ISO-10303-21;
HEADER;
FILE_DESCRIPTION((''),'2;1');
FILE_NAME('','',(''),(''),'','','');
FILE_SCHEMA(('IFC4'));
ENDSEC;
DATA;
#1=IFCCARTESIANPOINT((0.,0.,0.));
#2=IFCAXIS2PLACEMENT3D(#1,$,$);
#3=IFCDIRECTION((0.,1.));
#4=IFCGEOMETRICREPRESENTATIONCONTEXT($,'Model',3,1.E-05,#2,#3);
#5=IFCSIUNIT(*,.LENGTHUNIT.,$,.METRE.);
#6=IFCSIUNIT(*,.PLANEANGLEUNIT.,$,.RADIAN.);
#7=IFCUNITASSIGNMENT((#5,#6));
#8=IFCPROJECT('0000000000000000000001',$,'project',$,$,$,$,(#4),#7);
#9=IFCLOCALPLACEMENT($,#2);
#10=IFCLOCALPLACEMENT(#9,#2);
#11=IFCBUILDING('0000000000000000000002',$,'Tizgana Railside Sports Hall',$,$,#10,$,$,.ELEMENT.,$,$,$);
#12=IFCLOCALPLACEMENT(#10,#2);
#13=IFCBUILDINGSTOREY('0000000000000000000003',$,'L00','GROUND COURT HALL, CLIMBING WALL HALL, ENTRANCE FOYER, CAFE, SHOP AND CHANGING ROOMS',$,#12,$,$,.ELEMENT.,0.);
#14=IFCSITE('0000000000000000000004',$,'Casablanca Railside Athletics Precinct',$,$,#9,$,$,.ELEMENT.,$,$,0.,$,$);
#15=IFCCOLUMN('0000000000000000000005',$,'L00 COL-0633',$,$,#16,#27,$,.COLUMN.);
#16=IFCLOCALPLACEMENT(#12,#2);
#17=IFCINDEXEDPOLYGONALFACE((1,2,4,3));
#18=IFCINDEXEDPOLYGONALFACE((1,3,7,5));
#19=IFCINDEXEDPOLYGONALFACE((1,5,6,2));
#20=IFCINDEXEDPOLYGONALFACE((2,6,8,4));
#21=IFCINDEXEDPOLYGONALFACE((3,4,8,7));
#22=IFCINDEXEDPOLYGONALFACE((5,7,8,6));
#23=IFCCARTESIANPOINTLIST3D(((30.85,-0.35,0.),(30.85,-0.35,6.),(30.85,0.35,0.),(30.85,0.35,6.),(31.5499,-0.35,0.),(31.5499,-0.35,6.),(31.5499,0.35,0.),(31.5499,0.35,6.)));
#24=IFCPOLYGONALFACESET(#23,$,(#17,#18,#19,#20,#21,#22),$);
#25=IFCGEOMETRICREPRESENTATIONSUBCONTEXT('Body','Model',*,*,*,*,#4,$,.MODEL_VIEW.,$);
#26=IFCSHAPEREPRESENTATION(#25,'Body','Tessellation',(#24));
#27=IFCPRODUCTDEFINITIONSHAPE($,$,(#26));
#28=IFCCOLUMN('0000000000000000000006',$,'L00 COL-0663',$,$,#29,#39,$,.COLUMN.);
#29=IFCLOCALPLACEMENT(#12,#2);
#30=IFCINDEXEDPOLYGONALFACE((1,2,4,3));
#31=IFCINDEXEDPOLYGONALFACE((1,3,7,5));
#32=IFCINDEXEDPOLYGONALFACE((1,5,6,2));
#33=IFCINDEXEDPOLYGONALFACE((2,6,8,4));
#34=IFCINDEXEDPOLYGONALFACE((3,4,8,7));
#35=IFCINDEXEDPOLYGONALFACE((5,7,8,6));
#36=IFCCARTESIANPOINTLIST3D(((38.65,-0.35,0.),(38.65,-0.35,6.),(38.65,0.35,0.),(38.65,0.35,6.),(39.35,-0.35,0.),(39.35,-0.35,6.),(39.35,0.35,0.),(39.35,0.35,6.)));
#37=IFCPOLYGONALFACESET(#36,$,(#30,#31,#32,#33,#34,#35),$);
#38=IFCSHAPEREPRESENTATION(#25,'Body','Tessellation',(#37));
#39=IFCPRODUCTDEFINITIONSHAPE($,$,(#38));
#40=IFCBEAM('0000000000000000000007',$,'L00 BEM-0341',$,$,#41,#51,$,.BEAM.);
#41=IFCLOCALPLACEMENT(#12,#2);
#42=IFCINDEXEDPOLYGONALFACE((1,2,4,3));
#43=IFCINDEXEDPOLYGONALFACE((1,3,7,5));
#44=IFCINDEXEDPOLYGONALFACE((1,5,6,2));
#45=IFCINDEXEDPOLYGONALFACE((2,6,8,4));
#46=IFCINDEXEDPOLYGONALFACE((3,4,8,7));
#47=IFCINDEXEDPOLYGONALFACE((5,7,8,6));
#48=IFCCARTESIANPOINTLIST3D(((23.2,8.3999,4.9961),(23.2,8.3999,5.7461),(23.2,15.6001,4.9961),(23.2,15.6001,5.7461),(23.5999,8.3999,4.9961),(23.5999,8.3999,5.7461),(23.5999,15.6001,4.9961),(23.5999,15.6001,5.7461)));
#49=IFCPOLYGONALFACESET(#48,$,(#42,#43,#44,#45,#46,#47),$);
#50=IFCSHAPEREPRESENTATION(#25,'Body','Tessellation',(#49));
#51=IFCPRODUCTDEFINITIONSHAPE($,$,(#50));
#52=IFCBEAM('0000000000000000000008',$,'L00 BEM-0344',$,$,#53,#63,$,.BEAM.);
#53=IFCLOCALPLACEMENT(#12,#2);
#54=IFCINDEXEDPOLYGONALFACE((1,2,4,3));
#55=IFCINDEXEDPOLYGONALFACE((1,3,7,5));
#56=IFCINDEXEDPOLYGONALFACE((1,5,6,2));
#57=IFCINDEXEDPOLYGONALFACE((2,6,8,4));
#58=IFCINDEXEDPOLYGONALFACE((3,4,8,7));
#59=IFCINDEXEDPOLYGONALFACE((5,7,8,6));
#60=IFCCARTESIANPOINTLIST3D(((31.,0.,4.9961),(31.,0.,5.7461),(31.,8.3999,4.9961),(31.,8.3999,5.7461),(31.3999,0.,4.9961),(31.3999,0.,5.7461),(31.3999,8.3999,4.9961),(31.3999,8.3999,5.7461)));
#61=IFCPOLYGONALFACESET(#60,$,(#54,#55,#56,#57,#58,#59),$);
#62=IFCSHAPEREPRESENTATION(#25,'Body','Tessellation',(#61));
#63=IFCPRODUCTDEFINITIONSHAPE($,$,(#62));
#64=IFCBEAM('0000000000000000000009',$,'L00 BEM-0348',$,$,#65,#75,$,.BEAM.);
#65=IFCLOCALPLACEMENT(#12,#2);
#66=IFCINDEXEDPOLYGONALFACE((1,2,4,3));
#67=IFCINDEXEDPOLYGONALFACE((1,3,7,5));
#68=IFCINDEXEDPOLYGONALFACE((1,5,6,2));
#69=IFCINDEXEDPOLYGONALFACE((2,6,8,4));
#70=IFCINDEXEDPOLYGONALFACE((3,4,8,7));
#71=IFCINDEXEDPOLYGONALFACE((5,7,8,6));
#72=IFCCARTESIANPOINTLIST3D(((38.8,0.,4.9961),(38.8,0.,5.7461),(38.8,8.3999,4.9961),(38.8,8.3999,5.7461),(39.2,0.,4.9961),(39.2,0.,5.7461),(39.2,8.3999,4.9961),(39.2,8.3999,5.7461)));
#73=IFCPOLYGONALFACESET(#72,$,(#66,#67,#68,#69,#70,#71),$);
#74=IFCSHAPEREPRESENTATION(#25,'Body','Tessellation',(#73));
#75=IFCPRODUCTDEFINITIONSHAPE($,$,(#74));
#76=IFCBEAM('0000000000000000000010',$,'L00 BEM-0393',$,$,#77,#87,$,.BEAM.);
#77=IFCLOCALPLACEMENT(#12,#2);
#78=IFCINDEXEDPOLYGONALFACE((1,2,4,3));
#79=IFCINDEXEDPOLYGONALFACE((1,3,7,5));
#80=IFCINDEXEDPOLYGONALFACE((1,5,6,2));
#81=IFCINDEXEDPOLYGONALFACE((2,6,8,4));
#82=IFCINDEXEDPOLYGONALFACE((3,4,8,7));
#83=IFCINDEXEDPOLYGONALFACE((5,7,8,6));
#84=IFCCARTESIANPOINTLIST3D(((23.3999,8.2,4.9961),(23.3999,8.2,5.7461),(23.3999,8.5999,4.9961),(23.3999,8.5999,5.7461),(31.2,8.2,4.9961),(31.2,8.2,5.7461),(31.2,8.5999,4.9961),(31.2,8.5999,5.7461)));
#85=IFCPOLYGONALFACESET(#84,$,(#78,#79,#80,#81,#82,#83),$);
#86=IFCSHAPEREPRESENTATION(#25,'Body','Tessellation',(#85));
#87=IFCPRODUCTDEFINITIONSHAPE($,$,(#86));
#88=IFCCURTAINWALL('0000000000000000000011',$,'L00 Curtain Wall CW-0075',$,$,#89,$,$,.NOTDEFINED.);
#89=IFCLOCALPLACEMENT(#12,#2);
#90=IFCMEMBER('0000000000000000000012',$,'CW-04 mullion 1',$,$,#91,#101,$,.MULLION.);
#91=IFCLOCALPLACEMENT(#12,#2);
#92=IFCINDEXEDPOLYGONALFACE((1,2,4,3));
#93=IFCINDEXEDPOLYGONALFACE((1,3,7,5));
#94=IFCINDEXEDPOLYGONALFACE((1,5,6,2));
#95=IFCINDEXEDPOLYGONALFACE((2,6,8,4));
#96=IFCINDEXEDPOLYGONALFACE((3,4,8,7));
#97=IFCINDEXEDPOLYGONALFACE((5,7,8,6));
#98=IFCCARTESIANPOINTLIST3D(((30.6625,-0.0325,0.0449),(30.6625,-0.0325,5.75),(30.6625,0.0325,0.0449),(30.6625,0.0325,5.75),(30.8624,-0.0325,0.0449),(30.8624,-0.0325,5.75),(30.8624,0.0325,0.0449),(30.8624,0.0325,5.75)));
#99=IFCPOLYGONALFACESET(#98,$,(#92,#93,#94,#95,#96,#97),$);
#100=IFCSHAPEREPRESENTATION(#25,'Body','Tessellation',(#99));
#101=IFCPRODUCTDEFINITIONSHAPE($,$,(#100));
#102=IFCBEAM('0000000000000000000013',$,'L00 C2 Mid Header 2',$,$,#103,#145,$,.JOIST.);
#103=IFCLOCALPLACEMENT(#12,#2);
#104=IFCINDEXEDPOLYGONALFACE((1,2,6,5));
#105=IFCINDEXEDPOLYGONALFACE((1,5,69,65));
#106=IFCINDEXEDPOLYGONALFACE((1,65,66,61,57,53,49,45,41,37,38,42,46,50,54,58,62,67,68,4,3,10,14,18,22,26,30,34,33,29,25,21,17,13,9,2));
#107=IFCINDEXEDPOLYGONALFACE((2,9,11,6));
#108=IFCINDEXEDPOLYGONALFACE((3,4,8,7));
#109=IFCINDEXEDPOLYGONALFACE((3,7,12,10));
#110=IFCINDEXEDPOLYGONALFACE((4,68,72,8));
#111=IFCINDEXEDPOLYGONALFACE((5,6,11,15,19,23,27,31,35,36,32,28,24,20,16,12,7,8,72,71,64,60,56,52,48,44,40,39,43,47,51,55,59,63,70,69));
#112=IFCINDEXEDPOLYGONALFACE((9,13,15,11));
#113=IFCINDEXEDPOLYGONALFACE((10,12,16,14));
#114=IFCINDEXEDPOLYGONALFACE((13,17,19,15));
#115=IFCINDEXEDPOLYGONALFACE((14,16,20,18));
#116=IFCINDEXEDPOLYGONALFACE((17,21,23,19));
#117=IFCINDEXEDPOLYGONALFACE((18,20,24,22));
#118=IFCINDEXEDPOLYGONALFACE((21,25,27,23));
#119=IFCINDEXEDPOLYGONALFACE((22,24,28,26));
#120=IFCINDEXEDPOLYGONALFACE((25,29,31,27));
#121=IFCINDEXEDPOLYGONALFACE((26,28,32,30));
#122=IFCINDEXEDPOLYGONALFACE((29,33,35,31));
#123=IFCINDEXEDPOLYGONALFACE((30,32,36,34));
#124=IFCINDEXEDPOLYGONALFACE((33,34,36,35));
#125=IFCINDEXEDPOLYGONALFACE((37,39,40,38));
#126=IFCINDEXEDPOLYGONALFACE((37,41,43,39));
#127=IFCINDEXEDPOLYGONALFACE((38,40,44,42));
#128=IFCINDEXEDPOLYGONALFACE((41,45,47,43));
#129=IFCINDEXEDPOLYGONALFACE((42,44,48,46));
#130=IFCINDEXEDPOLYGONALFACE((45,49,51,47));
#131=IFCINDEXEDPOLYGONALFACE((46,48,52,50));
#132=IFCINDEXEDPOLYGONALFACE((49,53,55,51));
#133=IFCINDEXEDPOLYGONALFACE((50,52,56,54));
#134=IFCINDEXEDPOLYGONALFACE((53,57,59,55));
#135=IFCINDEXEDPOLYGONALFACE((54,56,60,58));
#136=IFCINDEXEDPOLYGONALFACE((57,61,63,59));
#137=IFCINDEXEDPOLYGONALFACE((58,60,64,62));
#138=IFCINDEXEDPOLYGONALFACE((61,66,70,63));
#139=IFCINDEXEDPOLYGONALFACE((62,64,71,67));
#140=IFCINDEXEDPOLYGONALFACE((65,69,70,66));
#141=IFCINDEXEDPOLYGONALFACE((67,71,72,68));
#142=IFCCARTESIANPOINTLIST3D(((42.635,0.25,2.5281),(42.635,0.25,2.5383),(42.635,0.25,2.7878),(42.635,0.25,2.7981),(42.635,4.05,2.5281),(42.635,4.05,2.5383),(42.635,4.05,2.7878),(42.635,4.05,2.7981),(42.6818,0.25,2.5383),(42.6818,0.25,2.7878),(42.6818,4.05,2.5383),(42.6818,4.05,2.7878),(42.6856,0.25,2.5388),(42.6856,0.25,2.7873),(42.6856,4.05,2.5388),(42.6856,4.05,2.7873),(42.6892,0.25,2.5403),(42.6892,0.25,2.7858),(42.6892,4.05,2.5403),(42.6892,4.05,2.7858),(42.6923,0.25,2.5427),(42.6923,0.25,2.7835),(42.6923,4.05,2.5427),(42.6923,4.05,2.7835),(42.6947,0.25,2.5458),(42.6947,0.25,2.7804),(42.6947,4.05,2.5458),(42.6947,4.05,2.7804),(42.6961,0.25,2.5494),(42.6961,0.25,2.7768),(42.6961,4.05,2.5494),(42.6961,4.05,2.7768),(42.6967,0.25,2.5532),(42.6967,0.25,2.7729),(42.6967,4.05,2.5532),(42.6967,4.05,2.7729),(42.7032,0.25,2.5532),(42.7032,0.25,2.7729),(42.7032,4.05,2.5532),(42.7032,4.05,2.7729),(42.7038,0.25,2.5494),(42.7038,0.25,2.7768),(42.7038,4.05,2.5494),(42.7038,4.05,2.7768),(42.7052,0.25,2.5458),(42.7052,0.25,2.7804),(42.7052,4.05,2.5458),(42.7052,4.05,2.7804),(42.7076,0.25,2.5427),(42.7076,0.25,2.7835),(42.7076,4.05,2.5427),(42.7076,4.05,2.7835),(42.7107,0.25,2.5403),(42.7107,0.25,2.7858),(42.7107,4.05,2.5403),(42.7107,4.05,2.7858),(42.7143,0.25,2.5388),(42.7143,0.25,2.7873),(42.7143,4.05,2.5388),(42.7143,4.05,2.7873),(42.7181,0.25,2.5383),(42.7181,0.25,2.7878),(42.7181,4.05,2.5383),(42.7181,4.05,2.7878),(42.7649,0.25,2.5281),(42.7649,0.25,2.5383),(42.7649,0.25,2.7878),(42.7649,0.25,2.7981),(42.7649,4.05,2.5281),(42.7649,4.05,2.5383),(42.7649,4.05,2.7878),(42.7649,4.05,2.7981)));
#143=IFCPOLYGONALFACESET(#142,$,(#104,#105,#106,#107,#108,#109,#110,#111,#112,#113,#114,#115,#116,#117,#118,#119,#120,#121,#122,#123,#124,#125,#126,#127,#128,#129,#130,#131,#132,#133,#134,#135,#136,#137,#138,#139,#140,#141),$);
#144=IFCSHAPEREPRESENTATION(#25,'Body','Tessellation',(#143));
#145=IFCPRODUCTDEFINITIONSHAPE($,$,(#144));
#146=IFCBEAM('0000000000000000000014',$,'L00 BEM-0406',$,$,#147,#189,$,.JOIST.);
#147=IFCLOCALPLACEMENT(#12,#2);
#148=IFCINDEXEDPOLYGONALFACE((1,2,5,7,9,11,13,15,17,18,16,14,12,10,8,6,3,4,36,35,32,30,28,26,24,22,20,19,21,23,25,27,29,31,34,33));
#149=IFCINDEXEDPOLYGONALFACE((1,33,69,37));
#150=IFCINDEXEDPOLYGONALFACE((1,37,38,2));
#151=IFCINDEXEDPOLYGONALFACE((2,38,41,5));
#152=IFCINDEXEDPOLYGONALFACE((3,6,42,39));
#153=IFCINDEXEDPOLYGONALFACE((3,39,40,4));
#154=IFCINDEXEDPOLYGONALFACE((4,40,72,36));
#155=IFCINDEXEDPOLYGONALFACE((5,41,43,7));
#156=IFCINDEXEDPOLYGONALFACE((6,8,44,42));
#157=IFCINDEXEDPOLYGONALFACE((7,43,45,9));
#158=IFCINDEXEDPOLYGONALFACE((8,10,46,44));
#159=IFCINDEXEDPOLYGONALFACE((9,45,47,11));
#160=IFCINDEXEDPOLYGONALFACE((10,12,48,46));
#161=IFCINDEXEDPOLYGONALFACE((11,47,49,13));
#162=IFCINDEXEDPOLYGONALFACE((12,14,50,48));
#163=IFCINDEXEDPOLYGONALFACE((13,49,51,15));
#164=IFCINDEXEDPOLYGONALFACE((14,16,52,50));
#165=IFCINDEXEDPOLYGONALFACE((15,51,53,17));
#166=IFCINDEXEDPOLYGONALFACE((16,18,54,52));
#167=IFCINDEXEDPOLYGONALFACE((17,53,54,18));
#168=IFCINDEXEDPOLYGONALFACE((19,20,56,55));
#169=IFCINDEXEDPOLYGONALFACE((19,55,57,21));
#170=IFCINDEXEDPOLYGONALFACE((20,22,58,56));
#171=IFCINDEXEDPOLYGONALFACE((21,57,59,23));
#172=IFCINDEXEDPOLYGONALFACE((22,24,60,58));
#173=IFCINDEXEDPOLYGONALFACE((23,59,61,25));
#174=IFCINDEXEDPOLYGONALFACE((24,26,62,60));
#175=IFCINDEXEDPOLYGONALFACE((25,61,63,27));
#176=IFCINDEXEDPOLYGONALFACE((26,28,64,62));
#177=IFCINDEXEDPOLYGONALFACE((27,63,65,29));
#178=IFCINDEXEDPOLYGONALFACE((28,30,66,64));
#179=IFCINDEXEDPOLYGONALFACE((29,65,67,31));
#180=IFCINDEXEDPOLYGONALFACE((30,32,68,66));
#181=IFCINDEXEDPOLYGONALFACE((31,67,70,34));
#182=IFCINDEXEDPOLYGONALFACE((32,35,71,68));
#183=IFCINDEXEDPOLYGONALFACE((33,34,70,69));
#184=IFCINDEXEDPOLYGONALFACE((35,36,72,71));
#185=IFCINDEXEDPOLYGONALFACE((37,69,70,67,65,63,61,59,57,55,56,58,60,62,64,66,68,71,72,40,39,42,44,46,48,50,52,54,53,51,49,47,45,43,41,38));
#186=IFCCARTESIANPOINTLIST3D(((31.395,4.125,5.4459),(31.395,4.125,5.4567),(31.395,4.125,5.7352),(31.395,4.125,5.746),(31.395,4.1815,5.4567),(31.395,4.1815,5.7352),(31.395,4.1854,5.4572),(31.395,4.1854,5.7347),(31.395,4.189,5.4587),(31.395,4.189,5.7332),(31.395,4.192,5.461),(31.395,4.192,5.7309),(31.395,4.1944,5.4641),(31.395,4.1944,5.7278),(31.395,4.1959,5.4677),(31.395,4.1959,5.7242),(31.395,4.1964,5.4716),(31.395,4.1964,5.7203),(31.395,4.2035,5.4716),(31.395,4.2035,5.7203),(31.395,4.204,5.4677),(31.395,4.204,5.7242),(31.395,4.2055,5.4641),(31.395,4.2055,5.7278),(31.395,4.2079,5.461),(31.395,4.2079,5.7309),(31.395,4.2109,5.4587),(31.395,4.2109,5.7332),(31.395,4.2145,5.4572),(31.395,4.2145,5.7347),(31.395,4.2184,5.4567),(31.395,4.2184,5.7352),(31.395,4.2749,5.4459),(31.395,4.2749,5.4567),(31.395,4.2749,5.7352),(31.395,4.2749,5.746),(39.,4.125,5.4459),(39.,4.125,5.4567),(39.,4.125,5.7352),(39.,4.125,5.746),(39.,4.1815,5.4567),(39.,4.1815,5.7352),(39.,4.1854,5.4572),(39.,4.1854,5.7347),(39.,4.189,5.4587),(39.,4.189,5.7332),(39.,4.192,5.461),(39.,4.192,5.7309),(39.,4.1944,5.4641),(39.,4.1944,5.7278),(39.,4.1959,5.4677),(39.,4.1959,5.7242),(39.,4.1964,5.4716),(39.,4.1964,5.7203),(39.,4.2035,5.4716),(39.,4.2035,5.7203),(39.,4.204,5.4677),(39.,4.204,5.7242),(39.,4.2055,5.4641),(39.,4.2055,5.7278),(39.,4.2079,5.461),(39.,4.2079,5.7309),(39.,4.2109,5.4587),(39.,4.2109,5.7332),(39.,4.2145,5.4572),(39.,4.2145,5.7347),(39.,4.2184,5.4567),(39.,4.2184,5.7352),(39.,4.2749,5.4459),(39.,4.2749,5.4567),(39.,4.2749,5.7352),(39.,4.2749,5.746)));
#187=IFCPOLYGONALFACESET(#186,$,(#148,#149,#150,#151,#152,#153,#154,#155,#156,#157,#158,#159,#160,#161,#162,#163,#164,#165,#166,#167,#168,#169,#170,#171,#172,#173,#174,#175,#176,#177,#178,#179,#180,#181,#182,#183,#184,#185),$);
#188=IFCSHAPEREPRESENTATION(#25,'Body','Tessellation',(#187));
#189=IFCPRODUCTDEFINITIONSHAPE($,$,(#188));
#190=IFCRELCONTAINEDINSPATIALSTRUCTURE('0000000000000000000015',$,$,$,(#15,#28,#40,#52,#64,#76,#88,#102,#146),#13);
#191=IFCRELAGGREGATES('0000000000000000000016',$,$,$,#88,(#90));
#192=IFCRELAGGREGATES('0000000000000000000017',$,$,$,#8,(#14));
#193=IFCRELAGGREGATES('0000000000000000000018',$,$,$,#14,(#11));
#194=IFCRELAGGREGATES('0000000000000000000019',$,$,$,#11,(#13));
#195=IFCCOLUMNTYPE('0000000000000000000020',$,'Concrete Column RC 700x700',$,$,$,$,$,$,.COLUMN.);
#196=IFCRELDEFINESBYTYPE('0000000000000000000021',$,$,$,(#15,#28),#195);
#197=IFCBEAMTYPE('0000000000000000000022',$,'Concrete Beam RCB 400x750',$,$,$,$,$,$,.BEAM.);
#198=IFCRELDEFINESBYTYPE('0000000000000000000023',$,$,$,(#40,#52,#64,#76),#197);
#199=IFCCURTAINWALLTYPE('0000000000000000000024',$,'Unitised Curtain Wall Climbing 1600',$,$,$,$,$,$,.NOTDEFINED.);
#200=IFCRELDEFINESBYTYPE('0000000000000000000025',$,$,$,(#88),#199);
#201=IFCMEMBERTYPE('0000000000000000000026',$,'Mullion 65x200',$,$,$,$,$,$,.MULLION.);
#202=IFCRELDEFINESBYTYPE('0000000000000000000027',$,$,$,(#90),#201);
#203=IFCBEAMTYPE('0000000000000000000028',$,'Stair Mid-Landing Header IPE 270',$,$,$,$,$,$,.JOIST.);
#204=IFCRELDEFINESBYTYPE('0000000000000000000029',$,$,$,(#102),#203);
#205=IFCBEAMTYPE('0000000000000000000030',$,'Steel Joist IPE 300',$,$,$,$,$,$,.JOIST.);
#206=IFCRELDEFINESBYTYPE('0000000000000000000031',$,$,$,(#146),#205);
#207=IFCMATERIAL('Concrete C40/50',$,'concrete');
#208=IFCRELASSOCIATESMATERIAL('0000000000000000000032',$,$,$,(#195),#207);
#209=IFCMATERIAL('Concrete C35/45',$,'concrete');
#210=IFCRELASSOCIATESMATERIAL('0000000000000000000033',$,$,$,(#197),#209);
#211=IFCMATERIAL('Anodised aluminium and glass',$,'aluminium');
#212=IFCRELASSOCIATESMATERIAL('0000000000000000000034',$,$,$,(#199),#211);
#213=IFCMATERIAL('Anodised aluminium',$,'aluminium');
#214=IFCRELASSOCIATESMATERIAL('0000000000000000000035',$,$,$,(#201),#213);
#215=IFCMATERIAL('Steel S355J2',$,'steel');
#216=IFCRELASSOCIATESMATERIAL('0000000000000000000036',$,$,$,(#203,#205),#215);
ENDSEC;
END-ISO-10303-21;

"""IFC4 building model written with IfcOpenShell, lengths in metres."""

from ifc_helpers import new_model, si_unit, direction, frame, origin, origin_2d, place, context, subcontext, project, spatial, rectangle, i_section, extrude, material, material_profile, profile_set, type_object, element, aggregate, save


model = new_model("IFC4")

# Units and contexts
model_context = context("Model", 3, precision=1e-05, world=origin(), true_north=direction((0.0, 1.0)))
body_context = subcontext(model_context, "Body", "Model", "MODEL_VIEW")
ifc_project = project(units=[si_unit("LENGTHUNIT", "METRE"), si_unit("PLANEANGLEUNIT", "RADIAN")], contexts=[model_context])

# Site, building, storey
site_placement = place(None, origin())
site = spatial("IfcSite", under=ifc_project, at=site_placement, Name="Casablanca Railside Athletics Precinct", CompositionType="ELEMENT", RefElevation=0.0)
building_placement = place(site_placement, origin())
building = spatial("IfcBuilding", under=site, at=building_placement, Name="Tizgana Railside Sports Hall", CompositionType="ELEMENT")
storey_placement = place(building_placement, origin())
storey = spatial("IfcBuildingStorey", under=building, at=storey_placement, Name="L00", Description="GROUND COURT HALL, CLIMBING WALL HALL, ENTRANCE FOYER, CAFE, SHOP AND CHANGING ROOMS", CompositionType="ELEMENT", Elevation=0.0)

# Columns
ifc_material_1 = material(Name="Concrete C40/50", Category="concrete")
ifc_material_profile_1 = material_profile(ifc_material_1, rectangle(XDim=0.7, YDim=0.7, at=origin_2d()), Name="RC 700x700")
ifc_profile_set_1 = profile_set([ifc_material_profile_1], Name="Concrete C40/50")
column_type = type_object("IfcColumnType", Name="Concrete Column RC 700x700", PredefinedType="COLUMN", material=ifc_profile_set_1)
for number, where, z_axis, x_axis, name in (
    (1, (31.2, 0.0, 0.0), (0.0, 0.0, 1.0), (1.0, 0.0, 0.0), "L00 COL-0633"),
    (2, (39.0, 0.0, 0.0), (0.0, 0.0, 1.0), (1.0, 0.0, 0.0), "L00 COL-0663"),
):
    element("IfcColumn", number, at=place(storey_placement, frame(where, z_axis=z_axis, x_axis=x_axis)), inside=storey, type_object=column_type, Name=name, PredefinedType="COLUMN", context=body_context, shape_type="SweptSolid", body=[
        extrude(rectangle(XDim=0.7, YDim=0.7, at=origin_2d()), origin(), (0.0, 0.0, 1.0), 6.0),
    ])

# Beams
ifc_material_2 = material(Name="Concrete C35/45", Category="concrete")
ifc_material_profile_2 = material_profile(ifc_material_2, rectangle(XDim=0.3999, YDim=0.75, at=origin_2d()), Name="RCB 400x750")
ifc_profile_set_2 = profile_set([ifc_material_profile_2], Name="Concrete C35/45")
beam_type_1 = type_object("IfcBeamType", Name="Concrete Beam RCB 400x750", PredefinedType="BEAM", material=ifc_profile_set_2)
beam_1_placement = place(storey_placement, frame((23.3999, 8.3999, 5.3711), z_axis=(0.0, 1.0, 0.0), x_axis=(-1.0, 0.0, 0.0)))
element("IfcBeam", 3, at=beam_1_placement, inside=storey, type_object=beam_type_1, Name="L00 BEM-0341", PredefinedType="BEAM", context=body_context, shape_type="SweptSolid", body=[
    extrude(rectangle(XDim=0.3999, YDim=0.75, at=origin_2d()), origin(), (0.0, 0.0, 1.0), 7.2002),
])
for number, where, z_axis, x_axis, name in (
    (4, (31.2, 0.0, 5.3711), (0.0, 1.0, 0.0), (-1.0, 0.0, 0.0), "L00 BEM-0344"),
    (5, (39.0, 0.0, 5.3711), (0.0, 1.0, 0.0), (-1.0, 0.0, 0.0), "L00 BEM-0348"),
):
    element("IfcBeam", number, at=place(storey_placement, frame(where, z_axis=z_axis, x_axis=x_axis)), inside=storey, type_object=beam_type_1, Name=name, PredefinedType="BEAM", context=body_context, shape_type="SweptSolid", body=[
        extrude(rectangle(XDim=0.3999, YDim=0.75, at=origin_2d()), origin(), (0.0, 0.0, 1.0), 8.3999),
    ])
beam_2_placement = place(storey_placement, frame((23.3999, 8.3999, 5.3711), z_axis=(1.0, 0.0, 0.0), x_axis=(0.0, 1.0, 0.0)))
element("IfcBeam", 6, at=beam_2_placement, inside=storey, type_object=beam_type_1, Name="L00 BEM-0393", PredefinedType="BEAM", context=body_context, shape_type="SweptSolid", body=[
    extrude(rectangle(XDim=0.3999, YDim=0.75, at=origin_2d()), origin(), (0.0, 0.0, 1.0), 7.8),
])

# Curtain wall, member
ifc_material_3 = material(Name="Anodised aluminium and glass", Category="aluminium")
curtain_wall_type = type_object("IfcCurtainWallType", Name="Unitised Curtain Wall Climbing 1600", PredefinedType="NOTDEFINED", material=ifc_material_3)
curtain_wall_placement = place(storey_placement, origin())
curtain_wall = element("IfcCurtainWall", 7, at=curtain_wall_placement, inside=storey, type_object=curtain_wall_type, Name="L00 Curtain Wall CW-0075", PredefinedType="NOTDEFINED")
ifc_material_4 = material(Name="Anodised aluminium", Category="aluminium")
ifc_material_profile_3 = material_profile(ifc_material_4, rectangle(XDim=0.0649, YDim=0.2, at=origin_2d()), Name="Mullion 65x200")
ifc_profile_set_3 = profile_set([ifc_material_profile_3], Name="Anodised aluminium")
member_type_1 = type_object("IfcMemberType", Name="Mullion 65x200", PredefinedType="MULLION", material=ifc_profile_set_3)
member_1_placement = place(storey_placement, frame((30.7625, 0.0, 0.0449), z_axis=(0.0, 0.0, 1.0), x_axis=(0.0, -1.0, 0.0)))
member_1 = element("IfcMember", 8, at=member_1_placement, type_object=member_type_1, Name="CW-04 mullion 1", PredefinedType="MULLION", context=body_context, shape_type="SweptSolid", body=[
    extrude(rectangle(XDim=0.0649, YDim=0.2, at=origin_2d()), origin(), (0.0, 0.0, 1.0), 5.7051),
])

# Beams
ifc_material_5 = material(Name="Steel S355J2", Category="steel")
ifc_material_profile_4 = material_profile(ifc_material_5, i_section(OverallWidth=0.1299, OverallDepth=0.27, WebThickness=0.0066, FlangeThickness=0.0103, FilletRadius=0.0149, at=origin_2d()), Name="IPE 270")
ifc_profile_set_4 = profile_set([ifc_material_profile_4], Name="Steel S355J2")
beam_type_2 = type_object("IfcBeamType", Name="Stair Mid-Landing Header IPE 270", PredefinedType="JOIST", material=ifc_profile_set_4)
beam_3_placement = place(storey_placement, frame((42.7, 0.25, 2.6631), z_axis=(0.0, 1.0, 0.0), x_axis=(-1.0, 0.0, 0.0)))
element("IfcBeam", 9, at=beam_3_placement, inside=storey, type_object=beam_type_2, Name="L00 C2 Mid Header 2", PredefinedType="JOIST", context=body_context, shape_type="SweptSolid", body=[
    extrude(i_section(OverallWidth=0.1299, OverallDepth=0.27, WebThickness=0.0066, FlangeThickness=0.0103, FilletRadius=0.0149, at=origin_2d()), origin(), (0.0, 0.0, 1.0), 3.8),
])
ifc_material_profile_5 = material_profile(ifc_material_5, i_section(OverallWidth=0.1499, OverallDepth=0.3, WebThickness=0.0071, FlangeThickness=0.0107, FilletRadius=0.0149, at=origin_2d()), Name="IPE 300")
ifc_profile_set_5 = profile_set([ifc_material_profile_5], Name="Steel S355J2")
beam_type_3 = type_object("IfcBeamType", Name="Steel Joist IPE 300", PredefinedType="JOIST", material=ifc_profile_set_5)
beam_4_placement = place(storey_placement, frame((31.395, 4.2, 5.5959), z_axis=(1.0, 0.0, 0.0), x_axis=(0.0, 1.0, 0.0)))
element("IfcBeam", 10, at=beam_4_placement, inside=storey, type_object=beam_type_3, Name="L00 BEM-0406", PredefinedType="JOIST", context=body_context, shape_type="SweptSolid", body=[
    extrude(i_section(OverallWidth=0.1499, OverallDepth=0.3, WebThickness=0.0071, FlangeThickness=0.0107, FilletRadius=0.0149, at=origin_2d()), origin(), (0.0, 0.0, 1.0), 7.605),
])

aggregate(curtain_wall, [member_1])

save(model, "model.ifc")
